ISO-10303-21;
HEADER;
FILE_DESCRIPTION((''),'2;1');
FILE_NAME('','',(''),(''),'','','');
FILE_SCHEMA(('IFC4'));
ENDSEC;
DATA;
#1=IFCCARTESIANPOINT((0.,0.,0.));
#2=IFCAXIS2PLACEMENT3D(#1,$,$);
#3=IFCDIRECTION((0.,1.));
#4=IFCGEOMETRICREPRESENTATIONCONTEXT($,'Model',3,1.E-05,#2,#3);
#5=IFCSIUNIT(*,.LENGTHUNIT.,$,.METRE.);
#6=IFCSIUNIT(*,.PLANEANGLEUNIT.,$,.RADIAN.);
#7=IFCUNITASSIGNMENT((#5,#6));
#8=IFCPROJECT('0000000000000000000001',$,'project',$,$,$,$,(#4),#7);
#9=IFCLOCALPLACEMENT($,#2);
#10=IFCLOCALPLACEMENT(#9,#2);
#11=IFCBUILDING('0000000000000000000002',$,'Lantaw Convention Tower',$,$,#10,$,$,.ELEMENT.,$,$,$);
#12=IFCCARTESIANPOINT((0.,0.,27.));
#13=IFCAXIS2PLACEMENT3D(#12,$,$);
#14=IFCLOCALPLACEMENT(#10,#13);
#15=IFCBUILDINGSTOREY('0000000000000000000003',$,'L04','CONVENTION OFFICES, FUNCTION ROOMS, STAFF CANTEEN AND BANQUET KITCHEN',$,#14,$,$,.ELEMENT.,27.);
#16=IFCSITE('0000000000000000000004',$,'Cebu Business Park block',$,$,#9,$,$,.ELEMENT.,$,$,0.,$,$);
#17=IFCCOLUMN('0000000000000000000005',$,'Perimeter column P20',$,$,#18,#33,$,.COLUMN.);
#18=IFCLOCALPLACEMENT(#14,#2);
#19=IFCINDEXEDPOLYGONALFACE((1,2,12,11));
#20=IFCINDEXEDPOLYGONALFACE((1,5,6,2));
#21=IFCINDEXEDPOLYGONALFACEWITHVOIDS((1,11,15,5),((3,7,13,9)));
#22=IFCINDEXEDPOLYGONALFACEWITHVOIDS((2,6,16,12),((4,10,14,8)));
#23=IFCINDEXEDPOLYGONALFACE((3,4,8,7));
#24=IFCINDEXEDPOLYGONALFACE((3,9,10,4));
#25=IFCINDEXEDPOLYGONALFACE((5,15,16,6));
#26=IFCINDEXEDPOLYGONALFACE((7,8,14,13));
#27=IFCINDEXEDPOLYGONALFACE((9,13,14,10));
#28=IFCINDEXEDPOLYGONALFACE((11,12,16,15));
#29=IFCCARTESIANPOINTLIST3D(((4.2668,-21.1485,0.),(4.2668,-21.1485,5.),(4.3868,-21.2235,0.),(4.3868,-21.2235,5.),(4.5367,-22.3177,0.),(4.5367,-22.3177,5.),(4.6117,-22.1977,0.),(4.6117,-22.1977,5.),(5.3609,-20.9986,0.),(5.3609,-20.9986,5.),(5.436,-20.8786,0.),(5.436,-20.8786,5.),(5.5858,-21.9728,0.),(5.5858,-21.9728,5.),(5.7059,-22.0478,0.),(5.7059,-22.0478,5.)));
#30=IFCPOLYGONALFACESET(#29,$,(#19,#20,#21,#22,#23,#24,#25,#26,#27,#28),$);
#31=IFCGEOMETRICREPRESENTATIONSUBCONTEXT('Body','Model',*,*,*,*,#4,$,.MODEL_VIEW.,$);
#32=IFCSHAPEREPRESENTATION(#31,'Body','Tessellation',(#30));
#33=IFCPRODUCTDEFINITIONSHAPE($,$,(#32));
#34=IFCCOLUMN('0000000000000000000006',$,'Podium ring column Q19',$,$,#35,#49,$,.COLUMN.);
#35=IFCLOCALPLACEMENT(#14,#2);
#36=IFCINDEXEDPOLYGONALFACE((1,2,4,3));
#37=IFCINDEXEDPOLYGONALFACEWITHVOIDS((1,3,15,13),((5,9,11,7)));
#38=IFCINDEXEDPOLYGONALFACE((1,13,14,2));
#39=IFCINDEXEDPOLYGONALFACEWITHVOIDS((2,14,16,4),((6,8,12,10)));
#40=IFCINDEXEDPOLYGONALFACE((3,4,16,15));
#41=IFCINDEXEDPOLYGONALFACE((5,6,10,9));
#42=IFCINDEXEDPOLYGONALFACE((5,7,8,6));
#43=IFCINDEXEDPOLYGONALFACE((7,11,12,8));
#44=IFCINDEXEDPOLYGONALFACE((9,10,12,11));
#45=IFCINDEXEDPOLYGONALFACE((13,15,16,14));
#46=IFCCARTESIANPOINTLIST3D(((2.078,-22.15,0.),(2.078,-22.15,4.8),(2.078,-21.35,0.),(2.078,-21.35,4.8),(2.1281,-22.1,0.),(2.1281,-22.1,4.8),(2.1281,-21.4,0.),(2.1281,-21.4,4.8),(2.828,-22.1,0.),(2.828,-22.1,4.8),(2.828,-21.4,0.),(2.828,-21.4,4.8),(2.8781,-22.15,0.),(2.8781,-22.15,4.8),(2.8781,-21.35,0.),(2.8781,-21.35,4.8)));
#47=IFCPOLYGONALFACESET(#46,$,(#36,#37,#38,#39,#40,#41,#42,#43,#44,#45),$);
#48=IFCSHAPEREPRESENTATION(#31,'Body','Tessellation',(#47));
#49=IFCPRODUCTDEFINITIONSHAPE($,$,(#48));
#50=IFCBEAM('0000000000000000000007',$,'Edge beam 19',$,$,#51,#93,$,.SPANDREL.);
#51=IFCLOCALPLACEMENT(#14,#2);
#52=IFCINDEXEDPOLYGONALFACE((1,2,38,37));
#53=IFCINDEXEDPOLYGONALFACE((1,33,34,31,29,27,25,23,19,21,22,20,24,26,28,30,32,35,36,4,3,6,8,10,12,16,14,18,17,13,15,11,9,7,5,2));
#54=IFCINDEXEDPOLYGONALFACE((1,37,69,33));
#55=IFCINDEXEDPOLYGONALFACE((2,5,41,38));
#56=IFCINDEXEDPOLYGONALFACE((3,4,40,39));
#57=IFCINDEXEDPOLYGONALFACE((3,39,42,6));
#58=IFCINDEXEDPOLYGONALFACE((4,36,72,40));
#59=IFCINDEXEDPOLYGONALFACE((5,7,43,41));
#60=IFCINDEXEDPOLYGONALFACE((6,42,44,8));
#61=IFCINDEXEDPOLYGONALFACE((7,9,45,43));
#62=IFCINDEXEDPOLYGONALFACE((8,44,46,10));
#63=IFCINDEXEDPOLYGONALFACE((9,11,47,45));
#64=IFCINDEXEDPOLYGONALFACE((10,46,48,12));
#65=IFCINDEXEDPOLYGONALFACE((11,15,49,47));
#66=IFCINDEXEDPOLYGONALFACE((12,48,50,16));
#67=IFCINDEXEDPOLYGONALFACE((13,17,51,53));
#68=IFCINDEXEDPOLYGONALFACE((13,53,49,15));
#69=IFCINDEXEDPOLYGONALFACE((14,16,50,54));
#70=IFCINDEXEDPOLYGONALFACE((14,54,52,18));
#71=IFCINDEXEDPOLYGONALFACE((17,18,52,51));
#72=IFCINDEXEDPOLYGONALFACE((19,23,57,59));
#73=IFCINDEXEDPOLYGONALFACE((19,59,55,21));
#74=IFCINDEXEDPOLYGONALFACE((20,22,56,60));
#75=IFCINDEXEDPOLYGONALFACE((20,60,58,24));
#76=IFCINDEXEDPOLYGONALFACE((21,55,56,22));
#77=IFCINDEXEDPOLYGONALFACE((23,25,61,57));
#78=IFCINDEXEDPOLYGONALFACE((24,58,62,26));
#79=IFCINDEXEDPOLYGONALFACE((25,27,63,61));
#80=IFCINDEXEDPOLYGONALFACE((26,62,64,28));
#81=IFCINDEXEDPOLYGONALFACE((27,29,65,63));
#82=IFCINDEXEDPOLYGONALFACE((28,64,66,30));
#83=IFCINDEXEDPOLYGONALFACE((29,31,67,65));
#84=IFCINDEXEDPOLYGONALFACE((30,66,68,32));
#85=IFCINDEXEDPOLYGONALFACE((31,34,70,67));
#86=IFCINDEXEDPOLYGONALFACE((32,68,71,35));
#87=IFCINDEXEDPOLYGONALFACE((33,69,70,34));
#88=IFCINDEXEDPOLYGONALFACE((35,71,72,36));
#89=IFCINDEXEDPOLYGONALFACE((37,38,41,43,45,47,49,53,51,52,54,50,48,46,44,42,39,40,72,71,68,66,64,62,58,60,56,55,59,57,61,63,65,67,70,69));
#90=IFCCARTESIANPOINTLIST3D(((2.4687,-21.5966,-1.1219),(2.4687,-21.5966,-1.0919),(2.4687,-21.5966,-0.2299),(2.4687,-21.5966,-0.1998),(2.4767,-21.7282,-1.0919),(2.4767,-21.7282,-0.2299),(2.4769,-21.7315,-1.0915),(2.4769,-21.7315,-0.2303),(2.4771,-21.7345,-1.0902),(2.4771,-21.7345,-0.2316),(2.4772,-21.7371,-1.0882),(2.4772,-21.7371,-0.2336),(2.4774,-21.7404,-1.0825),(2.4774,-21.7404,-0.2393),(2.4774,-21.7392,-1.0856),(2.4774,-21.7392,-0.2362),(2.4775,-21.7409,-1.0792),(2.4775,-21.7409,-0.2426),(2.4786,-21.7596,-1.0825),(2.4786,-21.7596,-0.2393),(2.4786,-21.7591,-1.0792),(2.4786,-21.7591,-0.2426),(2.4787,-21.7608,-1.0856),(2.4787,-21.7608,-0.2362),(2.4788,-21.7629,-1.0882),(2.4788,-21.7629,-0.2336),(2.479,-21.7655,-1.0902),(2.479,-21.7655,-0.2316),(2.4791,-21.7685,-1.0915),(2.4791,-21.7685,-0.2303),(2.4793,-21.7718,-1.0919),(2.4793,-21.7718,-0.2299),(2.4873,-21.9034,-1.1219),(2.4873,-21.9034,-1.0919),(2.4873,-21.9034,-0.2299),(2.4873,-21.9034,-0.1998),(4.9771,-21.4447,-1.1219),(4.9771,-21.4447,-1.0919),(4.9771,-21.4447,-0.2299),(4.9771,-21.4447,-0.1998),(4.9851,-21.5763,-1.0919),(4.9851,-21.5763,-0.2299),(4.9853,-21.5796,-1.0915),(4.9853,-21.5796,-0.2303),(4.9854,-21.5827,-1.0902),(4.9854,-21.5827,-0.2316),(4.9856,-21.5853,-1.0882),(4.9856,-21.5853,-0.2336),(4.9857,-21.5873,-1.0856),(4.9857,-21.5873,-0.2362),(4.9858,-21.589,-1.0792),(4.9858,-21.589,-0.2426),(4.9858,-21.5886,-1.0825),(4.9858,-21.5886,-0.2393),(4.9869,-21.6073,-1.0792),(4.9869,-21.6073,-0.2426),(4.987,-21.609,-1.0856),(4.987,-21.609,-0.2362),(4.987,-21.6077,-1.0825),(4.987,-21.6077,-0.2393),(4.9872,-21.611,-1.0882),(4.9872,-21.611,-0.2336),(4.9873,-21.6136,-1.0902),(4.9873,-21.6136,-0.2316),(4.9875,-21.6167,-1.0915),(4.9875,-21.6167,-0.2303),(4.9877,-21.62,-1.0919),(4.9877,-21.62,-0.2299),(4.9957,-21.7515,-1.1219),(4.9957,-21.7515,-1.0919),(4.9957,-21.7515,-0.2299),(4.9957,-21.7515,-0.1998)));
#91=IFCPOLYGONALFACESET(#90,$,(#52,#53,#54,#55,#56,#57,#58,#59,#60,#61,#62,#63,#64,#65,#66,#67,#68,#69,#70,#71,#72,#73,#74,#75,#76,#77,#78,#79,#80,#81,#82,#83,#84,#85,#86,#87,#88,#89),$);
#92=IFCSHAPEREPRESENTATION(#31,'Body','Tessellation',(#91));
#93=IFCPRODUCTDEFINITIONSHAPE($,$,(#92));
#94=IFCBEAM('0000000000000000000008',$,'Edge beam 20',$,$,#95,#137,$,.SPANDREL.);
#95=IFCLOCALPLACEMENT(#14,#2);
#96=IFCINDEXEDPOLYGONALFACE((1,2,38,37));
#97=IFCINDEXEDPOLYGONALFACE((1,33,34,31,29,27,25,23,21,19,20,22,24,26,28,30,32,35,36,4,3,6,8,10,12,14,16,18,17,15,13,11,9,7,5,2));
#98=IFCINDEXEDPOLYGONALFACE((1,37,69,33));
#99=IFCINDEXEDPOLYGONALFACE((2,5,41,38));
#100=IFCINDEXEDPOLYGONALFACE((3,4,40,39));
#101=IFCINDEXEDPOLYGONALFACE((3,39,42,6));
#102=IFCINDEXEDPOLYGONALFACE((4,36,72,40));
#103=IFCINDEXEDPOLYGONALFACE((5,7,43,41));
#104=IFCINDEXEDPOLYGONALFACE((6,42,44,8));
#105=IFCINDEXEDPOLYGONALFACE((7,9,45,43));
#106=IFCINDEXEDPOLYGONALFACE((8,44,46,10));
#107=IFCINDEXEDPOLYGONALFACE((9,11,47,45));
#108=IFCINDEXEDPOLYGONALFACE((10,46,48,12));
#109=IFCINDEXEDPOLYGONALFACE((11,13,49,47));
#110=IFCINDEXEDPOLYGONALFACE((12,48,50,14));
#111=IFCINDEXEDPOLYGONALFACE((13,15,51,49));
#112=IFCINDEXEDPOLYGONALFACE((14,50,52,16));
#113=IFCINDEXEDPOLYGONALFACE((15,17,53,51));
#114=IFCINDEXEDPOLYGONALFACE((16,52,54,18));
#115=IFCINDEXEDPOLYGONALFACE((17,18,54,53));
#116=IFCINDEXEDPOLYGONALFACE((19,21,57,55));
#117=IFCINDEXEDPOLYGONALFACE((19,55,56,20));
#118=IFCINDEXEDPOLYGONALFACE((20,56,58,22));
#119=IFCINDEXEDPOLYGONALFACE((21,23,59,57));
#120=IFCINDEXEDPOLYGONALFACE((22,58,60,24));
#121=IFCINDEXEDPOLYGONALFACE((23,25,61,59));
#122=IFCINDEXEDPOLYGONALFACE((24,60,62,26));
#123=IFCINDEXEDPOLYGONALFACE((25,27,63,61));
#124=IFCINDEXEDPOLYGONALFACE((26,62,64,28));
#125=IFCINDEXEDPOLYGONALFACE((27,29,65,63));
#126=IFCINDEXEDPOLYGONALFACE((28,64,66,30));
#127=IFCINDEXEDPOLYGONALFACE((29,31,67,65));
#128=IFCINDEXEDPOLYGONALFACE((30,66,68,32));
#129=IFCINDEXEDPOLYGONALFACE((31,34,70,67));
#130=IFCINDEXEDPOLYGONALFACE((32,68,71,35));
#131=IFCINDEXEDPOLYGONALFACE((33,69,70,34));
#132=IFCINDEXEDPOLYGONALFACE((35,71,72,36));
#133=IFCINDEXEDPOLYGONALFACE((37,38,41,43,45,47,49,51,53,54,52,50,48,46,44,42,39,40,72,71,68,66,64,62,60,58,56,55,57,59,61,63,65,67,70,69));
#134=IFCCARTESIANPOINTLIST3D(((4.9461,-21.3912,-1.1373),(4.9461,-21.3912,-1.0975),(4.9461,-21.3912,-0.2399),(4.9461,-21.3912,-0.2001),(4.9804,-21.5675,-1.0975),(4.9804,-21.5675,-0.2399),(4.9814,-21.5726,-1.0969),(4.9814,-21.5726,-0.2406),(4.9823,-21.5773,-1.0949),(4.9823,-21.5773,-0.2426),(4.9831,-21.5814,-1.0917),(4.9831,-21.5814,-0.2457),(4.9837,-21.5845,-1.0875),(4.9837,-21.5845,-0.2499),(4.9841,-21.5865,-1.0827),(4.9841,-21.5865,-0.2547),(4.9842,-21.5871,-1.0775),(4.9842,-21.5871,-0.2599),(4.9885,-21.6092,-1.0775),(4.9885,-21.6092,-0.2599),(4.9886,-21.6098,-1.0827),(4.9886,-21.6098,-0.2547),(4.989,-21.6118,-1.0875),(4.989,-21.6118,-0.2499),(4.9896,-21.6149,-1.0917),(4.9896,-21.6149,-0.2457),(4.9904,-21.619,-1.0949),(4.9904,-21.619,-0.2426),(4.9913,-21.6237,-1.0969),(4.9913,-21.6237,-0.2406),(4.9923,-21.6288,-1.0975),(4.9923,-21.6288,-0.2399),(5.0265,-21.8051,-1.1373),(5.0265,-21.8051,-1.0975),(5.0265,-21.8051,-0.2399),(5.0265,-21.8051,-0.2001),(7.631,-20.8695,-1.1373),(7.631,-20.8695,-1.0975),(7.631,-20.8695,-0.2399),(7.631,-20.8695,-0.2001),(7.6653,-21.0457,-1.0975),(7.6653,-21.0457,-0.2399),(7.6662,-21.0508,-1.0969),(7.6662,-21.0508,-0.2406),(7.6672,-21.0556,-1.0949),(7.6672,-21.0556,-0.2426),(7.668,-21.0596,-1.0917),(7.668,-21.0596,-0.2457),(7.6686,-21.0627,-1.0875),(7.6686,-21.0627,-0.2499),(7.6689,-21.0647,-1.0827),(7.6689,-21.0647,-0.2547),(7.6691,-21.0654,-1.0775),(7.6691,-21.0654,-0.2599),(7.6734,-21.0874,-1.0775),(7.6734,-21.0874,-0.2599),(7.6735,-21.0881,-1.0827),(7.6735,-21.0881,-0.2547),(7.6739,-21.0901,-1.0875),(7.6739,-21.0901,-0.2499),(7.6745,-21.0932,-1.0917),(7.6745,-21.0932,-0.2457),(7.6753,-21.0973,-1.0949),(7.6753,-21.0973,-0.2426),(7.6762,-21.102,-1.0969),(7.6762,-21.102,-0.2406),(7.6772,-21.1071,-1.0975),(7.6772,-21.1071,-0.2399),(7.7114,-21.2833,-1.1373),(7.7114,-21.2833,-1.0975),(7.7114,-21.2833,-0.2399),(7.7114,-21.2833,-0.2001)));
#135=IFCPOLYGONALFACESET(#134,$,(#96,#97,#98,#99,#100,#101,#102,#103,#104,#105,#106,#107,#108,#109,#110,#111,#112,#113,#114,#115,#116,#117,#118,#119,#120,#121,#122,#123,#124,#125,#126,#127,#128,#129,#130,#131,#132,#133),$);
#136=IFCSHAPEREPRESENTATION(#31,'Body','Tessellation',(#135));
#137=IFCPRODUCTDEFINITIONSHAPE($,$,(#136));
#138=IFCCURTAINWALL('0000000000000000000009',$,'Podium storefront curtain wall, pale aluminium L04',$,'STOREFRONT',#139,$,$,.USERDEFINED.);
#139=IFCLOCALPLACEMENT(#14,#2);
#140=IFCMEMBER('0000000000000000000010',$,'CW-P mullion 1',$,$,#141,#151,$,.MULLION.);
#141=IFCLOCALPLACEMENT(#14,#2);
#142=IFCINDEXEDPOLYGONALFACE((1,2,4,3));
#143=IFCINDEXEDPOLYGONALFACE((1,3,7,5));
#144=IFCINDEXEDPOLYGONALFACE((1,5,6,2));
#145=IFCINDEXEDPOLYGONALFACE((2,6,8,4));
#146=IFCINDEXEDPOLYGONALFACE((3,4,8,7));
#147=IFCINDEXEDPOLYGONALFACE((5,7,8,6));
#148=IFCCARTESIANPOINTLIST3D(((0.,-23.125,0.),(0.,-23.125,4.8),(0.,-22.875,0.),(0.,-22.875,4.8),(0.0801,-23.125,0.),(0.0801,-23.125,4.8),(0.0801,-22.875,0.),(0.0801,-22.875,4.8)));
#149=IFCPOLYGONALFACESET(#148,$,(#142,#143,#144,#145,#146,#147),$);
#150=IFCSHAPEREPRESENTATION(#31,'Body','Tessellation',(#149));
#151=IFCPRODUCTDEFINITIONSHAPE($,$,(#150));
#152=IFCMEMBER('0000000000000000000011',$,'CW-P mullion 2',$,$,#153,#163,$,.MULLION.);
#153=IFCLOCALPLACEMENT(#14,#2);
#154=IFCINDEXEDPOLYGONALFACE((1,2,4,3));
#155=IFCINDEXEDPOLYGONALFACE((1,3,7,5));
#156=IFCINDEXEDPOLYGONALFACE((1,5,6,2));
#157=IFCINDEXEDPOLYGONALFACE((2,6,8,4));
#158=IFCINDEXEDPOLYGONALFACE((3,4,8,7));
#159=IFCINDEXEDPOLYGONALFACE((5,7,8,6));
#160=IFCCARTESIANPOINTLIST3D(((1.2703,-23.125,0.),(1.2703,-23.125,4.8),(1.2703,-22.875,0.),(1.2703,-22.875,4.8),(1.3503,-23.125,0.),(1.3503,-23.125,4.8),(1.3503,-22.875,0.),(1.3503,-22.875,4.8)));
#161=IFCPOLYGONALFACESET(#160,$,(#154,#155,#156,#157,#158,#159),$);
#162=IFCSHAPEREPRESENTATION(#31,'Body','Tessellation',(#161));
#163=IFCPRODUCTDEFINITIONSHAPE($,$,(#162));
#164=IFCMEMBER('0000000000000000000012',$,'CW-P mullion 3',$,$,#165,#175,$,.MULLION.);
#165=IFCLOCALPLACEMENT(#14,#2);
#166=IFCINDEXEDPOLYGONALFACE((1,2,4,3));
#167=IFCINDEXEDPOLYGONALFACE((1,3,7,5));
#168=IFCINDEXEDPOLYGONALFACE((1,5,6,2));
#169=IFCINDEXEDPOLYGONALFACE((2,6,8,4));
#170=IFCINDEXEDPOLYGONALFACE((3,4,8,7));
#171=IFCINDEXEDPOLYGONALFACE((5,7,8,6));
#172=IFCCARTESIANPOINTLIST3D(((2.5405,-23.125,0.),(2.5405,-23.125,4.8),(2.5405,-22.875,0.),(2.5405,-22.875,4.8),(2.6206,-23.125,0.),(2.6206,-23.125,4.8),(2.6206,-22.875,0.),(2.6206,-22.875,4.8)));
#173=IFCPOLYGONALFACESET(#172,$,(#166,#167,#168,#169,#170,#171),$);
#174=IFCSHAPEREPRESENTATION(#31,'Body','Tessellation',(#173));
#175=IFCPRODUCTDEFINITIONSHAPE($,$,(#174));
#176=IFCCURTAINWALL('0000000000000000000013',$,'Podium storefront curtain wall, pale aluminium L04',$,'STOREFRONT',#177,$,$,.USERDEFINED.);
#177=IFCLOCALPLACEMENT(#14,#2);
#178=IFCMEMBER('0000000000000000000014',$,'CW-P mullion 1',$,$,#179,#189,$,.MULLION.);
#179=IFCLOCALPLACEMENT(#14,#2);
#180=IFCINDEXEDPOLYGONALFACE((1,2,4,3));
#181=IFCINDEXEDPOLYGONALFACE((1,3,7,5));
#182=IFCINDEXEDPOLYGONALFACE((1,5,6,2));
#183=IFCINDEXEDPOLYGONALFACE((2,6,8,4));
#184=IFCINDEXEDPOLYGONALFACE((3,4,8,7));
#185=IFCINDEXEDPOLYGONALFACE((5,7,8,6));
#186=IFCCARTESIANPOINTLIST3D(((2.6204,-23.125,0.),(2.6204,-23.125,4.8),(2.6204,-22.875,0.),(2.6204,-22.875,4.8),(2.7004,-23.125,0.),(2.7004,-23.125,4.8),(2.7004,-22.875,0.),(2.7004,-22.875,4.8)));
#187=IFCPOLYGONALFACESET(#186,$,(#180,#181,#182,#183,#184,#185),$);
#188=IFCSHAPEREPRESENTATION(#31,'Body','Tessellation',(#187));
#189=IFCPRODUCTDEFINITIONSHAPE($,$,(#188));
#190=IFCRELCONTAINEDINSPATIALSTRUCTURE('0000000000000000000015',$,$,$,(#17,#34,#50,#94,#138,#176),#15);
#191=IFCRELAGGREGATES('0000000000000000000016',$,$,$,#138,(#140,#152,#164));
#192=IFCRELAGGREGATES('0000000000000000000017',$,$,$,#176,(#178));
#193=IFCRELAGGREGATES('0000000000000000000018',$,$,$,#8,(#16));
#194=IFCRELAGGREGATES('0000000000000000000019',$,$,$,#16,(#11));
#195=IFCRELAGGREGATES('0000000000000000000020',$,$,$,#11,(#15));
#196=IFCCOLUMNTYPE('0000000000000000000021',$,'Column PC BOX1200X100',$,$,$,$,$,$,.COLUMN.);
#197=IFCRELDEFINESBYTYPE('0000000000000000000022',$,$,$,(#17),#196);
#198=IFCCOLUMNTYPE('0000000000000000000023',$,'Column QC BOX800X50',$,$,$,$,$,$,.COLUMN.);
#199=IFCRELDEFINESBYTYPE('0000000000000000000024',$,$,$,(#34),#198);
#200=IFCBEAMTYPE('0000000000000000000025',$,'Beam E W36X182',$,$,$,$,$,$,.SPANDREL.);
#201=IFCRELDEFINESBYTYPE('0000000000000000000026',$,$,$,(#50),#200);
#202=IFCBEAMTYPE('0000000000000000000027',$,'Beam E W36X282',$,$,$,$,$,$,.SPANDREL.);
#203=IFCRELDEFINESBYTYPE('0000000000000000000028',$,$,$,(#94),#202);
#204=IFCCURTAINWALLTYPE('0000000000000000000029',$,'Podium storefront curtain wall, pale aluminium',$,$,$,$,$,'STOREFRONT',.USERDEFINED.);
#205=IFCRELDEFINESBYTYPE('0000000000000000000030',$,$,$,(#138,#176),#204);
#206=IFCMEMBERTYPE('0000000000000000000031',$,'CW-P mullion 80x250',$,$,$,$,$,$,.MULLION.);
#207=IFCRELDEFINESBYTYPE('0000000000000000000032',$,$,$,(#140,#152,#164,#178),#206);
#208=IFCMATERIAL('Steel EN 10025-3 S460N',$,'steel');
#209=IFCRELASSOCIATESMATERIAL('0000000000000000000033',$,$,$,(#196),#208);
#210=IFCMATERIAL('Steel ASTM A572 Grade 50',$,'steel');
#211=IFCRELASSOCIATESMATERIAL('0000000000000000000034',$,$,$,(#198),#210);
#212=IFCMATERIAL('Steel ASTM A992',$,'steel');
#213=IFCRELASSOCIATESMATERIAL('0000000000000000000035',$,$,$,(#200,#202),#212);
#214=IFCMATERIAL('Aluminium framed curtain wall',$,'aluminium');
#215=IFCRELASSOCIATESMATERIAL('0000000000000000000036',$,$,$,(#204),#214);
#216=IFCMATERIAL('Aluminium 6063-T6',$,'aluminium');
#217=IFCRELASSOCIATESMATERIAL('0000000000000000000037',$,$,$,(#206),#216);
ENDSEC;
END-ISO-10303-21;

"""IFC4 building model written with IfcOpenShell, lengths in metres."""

from ifc_helpers import new_model, si_unit, direction, frame, origin, origin_2d, place, context, subcontext, project, spatial, rectangle, hollow_rectangle, i_section, extrude, material, material_profile, profile_set, type_object, element, aggregate, save


model = new_model("IFC4")

# Units and contexts
model_context = context("Model", 3, precision=1e-05, world=origin(), true_north=direction((0.0, 1.0)))
body_context = subcontext(model_context, "Body", "Model", "MODEL_VIEW")
ifc_project = project(units=[si_unit("LENGTHUNIT", "METRE"), si_unit("PLANEANGLEUNIT", "RADIAN")], contexts=[model_context])

# Site, building, storey
site_placement = place(None, origin())
site = spatial("IfcSite", under=ifc_project, at=site_placement, Name="Cebu Business Park block", CompositionType="ELEMENT", RefElevation=0.0)
building_placement = place(site_placement, origin())
building = spatial("IfcBuilding", under=site, at=building_placement, Name="Lantaw Convention Tower", CompositionType="ELEMENT")
storey_placement = place(building_placement, frame((0.0, 0.0, 27.0)))
storey = spatial("IfcBuildingStorey", under=building, at=storey_placement, Name="L04", Description="CONVENTION OFFICES, FUNCTION ROOMS, STAFF CANTEEN AND BANQUET KITCHEN", CompositionType="ELEMENT", Elevation=27.0)

# Columns
ifc_material_1 = material(Name="Steel EN 10025-3 S460N", Category="steel")
ifc_material_profile_1 = material_profile(ifc_material_1, hollow_rectangle(XDim=1.2, YDim=1.2, WallThickness=0.1001, at=origin_2d()), Name="BOX1200X100")
ifc_material_2 = material(Name="Concrete C60/75", Category="concrete")
ifc_material_profile_2 = material_profile(ifc_material_2, rectangle(XDim=1.0, YDim=1.0, at=origin_2d()), Name="Concrete fill of BOX1200X100")
ifc_profile_set_1 = profile_set([ifc_material_profile_1, ifc_material_profile_2], Name="Steel EN 10025-3 S460N")
column_type_1 = type_object("IfcColumnType", Name="Column PC BOX1200X100", PredefinedType="COLUMN", material=ifc_profile_set_1)
column_1_placement = place(storey_placement, frame((4.9863, -21.5981, 0.0), z_axis=(0.0, 0.0, 1.0), x_axis=(0.97437, 0.224951, 0.0)))
element("IfcColumn", 1, at=column_1_placement, inside=storey, type_object=column_type_1, Name="Perimeter column P20", PredefinedType="COLUMN", context=body_context, shape_type="SweptSolid", body=[
    extrude(hollow_rectangle(XDim=1.2, YDim=1.2, WallThickness=0.1001, at=origin_2d()), origin(), (0.0, 0.0, 1.0), 5.0),
])
ifc_material_3 = material(Name="Steel ASTM A572 Grade 50", Category="steel")
ifc_material_profile_3 = material_profile(ifc_material_3, hollow_rectangle(XDim=0.8, YDim=0.8, WallThickness=0.05, at=origin_2d()), Name="BOX800X50")
ifc_profile_set_2 = profile_set([ifc_material_profile_3], Name="Steel ASTM A572 Grade 50")
column_type_2 = type_object("IfcColumnType", Name="Column QC BOX800X50", PredefinedType="COLUMN", material=ifc_profile_set_2)
column_2_placement = place(storey_placement, frame((2.478, -21.75, 0.0), z_axis=(0.0, 0.0, 1.0), x_axis=(1.0, 0.0, 0.0)))
element("IfcColumn", 2, at=column_2_placement, inside=storey, type_object=column_type_2, Name="Podium ring column Q19", PredefinedType="COLUMN", context=body_context, shape_type="SweptSolid", body=[
    extrude(hollow_rectangle(XDim=0.8, YDim=0.8, WallThickness=0.05, at=origin_2d()), origin(), (0.0, 0.0, 1.0), 4.8),
])

# Beams
ifc_material_4 = material(Name="Steel ASTM A992", Category="steel")
ifc_material_profile_4 = material_profile(ifc_material_4, i_section(OverallWidth=0.3074, OverallDepth=0.9221, WebThickness=0.0183, FlangeThickness=0.03, FilletRadius=0.0127, at=origin_2d()), Name="W36X182")
ifc_profile_set_3 = profile_set([ifc_material_profile_4], Name="Steel ASTM A992")
beam_type_1 = type_object("IfcBeamType", Name="Beam E W36X182", PredefinedType="SPANDREL", material=ifc_profile_set_3)
beam_1_placement = place(storey_placement, frame((2.478, -21.75, -0.6609), z_axis=(0.998172, 0.060431, 0.0), x_axis=(-0.060431, 0.998172, 0.0)))
element("IfcBeam", 3, at=beam_1_placement, inside=storey, type_object=beam_type_1, Name="Edge beam 19", PredefinedType="SPANDREL", context=body_context, shape_type="SweptSolid", body=[
    extrude(i_section(OverallWidth=0.3074, OverallDepth=0.9221, WebThickness=0.0183, FlangeThickness=0.03, FilletRadius=0.0127, at=origin_2d()), origin(), (0.0, 0.0, 1.0), 2.5129),
])
ifc_material_profile_5 = material_profile(ifc_material_4, i_section(OverallWidth=0.4216, OverallDepth=0.9373, WebThickness=0.0225, FlangeThickness=0.0398, FilletRadius=0.02, at=origin_2d()), Name="W36X282")
ifc_profile_set_4 = profile_set([ifc_material_profile_5], Name="Steel ASTM A992")
beam_type_2 = type_object("IfcBeamType", Name="Beam E W36X282", PredefinedType="SPANDREL", material=ifc_profile_set_4)
beam_2_placement = place(storey_placement, frame((4.9863, -21.5981, -0.6687), z_axis=(0.981637, 0.190757, 0.0), x_axis=(-0.190757, 0.981637, 0.0)))
element("IfcBeam", 4, at=beam_2_placement, inside=storey, type_object=beam_type_2, Name="Edge beam 20", PredefinedType="SPANDREL", context=body_context, shape_type="SweptSolid", body=[
    extrude(i_section(OverallWidth=0.4216, OverallDepth=0.9373, WebThickness=0.0225, FlangeThickness=0.0398, FilletRadius=0.02, at=origin_2d()), origin(), (0.0, 0.0, 1.0), 2.7351),
])

# Curtain walls, members
ifc_material_5 = material(Name="Aluminium framed curtain wall", Category="aluminium")
curtain_wall_type = type_object("IfcCurtainWallType", Name="Podium storefront curtain wall, pale aluminium", ElementType="STOREFRONT", PredefinedType="USERDEFINED", material=ifc_material_5)
curtain_wall_1_placement = place(storey_placement, origin())
curtain_wall_1 = element("IfcCurtainWall", 5, at=curtain_wall_1_placement, inside=storey, type_object=curtain_wall_type, Name="Podium storefront curtain wall, pale aluminium L04", ObjectType="STOREFRONT", PredefinedType="USERDEFINED")
ifc_material_6 = material(Name="Aluminium 6063-T6", Category="aluminium")
ifc_material_profile_6 = material_profile(ifc_material_6, rectangle(XDim=0.25, YDim=0.0801, at=origin_2d()), Name="CW-P mullion 80x250")
ifc_profile_set_5 = profile_set([ifc_material_profile_6], Name="Aluminium 6063-T6")
member_type_1 = type_object("IfcMemberType", Name="CW-P mullion 80x250", PredefinedType="MULLION", material=ifc_profile_set_5)
member_1_placement = place(storey_placement, frame((0.04, -23.0, 0.0), z_axis=(0.0, 0.0, 1.0), x_axis=(0.0, 1.0, 0.0)))
member_1 = element("IfcMember", 6, at=member_1_placement, type_object=member_type_1, Name="CW-P mullion 1", PredefinedType="MULLION", context=body_context, shape_type="SweptSolid", body=[
    extrude(rectangle(XDim=0.25, YDim=0.0801, at=origin_2d()), origin(), (0.0, 0.0, 1.0), 4.8),
])
member_2_placement = place(storey_placement, frame((1.3103, -23.0, 0.0), z_axis=(0.0, 0.0, 1.0), x_axis=(0.0, 1.0, 0.0)))
member_2 = element("IfcMember", 7, at=member_2_placement, type_object=member_type_1, Name="CW-P mullion 2", PredefinedType="MULLION", context=body_context, shape_type="SweptSolid", body=[
    extrude(rectangle(XDim=0.25, YDim=0.0801, at=origin_2d()), origin(), (0.0, 0.0, 1.0), 4.8),
])
member_3_placement = place(storey_placement, frame((2.5806, -23.0, 0.0), z_axis=(0.0, 0.0, 1.0), x_axis=(0.0, 1.0, 0.0)))
member_3 = element("IfcMember", 8, at=member_3_placement, type_object=member_type_1, Name="CW-P mullion 3", PredefinedType="MULLION", context=body_context, shape_type="SweptSolid", body=[
    extrude(rectangle(XDim=0.25, YDim=0.0801, at=origin_2d()), origin(), (0.0, 0.0, 1.0), 4.8),
])
curtain_wall_2_placement = place(storey_placement, origin())
curtain_wall_2 = element("IfcCurtainWall", 9, at=curtain_wall_2_placement, inside=storey, type_object=curtain_wall_type, Name="Podium storefront curtain wall, pale aluminium L04", ObjectType="STOREFRONT", PredefinedType="USERDEFINED")
member_4_placement = place(storey_placement, frame((2.6604, -23.0, 0.0), z_axis=(0.0, 0.0, 1.0), x_axis=(0.0, 1.0, 0.0)))
member_4 = element("IfcMember", 10, at=member_4_placement, type_object=member_type_1, Name="CW-P mullion 1", PredefinedType="MULLION", context=body_context, shape_type="SweptSolid", body=[
    extrude(rectangle(XDim=0.25, YDim=0.0801, at=origin_2d()), origin(), (0.0, 0.0, 1.0), 4.8),
])

aggregate(curtain_wall_1, [member_1, member_2, member_3])
aggregate(curtain_wall_2, [member_4])

save(model, "model.ifc")
